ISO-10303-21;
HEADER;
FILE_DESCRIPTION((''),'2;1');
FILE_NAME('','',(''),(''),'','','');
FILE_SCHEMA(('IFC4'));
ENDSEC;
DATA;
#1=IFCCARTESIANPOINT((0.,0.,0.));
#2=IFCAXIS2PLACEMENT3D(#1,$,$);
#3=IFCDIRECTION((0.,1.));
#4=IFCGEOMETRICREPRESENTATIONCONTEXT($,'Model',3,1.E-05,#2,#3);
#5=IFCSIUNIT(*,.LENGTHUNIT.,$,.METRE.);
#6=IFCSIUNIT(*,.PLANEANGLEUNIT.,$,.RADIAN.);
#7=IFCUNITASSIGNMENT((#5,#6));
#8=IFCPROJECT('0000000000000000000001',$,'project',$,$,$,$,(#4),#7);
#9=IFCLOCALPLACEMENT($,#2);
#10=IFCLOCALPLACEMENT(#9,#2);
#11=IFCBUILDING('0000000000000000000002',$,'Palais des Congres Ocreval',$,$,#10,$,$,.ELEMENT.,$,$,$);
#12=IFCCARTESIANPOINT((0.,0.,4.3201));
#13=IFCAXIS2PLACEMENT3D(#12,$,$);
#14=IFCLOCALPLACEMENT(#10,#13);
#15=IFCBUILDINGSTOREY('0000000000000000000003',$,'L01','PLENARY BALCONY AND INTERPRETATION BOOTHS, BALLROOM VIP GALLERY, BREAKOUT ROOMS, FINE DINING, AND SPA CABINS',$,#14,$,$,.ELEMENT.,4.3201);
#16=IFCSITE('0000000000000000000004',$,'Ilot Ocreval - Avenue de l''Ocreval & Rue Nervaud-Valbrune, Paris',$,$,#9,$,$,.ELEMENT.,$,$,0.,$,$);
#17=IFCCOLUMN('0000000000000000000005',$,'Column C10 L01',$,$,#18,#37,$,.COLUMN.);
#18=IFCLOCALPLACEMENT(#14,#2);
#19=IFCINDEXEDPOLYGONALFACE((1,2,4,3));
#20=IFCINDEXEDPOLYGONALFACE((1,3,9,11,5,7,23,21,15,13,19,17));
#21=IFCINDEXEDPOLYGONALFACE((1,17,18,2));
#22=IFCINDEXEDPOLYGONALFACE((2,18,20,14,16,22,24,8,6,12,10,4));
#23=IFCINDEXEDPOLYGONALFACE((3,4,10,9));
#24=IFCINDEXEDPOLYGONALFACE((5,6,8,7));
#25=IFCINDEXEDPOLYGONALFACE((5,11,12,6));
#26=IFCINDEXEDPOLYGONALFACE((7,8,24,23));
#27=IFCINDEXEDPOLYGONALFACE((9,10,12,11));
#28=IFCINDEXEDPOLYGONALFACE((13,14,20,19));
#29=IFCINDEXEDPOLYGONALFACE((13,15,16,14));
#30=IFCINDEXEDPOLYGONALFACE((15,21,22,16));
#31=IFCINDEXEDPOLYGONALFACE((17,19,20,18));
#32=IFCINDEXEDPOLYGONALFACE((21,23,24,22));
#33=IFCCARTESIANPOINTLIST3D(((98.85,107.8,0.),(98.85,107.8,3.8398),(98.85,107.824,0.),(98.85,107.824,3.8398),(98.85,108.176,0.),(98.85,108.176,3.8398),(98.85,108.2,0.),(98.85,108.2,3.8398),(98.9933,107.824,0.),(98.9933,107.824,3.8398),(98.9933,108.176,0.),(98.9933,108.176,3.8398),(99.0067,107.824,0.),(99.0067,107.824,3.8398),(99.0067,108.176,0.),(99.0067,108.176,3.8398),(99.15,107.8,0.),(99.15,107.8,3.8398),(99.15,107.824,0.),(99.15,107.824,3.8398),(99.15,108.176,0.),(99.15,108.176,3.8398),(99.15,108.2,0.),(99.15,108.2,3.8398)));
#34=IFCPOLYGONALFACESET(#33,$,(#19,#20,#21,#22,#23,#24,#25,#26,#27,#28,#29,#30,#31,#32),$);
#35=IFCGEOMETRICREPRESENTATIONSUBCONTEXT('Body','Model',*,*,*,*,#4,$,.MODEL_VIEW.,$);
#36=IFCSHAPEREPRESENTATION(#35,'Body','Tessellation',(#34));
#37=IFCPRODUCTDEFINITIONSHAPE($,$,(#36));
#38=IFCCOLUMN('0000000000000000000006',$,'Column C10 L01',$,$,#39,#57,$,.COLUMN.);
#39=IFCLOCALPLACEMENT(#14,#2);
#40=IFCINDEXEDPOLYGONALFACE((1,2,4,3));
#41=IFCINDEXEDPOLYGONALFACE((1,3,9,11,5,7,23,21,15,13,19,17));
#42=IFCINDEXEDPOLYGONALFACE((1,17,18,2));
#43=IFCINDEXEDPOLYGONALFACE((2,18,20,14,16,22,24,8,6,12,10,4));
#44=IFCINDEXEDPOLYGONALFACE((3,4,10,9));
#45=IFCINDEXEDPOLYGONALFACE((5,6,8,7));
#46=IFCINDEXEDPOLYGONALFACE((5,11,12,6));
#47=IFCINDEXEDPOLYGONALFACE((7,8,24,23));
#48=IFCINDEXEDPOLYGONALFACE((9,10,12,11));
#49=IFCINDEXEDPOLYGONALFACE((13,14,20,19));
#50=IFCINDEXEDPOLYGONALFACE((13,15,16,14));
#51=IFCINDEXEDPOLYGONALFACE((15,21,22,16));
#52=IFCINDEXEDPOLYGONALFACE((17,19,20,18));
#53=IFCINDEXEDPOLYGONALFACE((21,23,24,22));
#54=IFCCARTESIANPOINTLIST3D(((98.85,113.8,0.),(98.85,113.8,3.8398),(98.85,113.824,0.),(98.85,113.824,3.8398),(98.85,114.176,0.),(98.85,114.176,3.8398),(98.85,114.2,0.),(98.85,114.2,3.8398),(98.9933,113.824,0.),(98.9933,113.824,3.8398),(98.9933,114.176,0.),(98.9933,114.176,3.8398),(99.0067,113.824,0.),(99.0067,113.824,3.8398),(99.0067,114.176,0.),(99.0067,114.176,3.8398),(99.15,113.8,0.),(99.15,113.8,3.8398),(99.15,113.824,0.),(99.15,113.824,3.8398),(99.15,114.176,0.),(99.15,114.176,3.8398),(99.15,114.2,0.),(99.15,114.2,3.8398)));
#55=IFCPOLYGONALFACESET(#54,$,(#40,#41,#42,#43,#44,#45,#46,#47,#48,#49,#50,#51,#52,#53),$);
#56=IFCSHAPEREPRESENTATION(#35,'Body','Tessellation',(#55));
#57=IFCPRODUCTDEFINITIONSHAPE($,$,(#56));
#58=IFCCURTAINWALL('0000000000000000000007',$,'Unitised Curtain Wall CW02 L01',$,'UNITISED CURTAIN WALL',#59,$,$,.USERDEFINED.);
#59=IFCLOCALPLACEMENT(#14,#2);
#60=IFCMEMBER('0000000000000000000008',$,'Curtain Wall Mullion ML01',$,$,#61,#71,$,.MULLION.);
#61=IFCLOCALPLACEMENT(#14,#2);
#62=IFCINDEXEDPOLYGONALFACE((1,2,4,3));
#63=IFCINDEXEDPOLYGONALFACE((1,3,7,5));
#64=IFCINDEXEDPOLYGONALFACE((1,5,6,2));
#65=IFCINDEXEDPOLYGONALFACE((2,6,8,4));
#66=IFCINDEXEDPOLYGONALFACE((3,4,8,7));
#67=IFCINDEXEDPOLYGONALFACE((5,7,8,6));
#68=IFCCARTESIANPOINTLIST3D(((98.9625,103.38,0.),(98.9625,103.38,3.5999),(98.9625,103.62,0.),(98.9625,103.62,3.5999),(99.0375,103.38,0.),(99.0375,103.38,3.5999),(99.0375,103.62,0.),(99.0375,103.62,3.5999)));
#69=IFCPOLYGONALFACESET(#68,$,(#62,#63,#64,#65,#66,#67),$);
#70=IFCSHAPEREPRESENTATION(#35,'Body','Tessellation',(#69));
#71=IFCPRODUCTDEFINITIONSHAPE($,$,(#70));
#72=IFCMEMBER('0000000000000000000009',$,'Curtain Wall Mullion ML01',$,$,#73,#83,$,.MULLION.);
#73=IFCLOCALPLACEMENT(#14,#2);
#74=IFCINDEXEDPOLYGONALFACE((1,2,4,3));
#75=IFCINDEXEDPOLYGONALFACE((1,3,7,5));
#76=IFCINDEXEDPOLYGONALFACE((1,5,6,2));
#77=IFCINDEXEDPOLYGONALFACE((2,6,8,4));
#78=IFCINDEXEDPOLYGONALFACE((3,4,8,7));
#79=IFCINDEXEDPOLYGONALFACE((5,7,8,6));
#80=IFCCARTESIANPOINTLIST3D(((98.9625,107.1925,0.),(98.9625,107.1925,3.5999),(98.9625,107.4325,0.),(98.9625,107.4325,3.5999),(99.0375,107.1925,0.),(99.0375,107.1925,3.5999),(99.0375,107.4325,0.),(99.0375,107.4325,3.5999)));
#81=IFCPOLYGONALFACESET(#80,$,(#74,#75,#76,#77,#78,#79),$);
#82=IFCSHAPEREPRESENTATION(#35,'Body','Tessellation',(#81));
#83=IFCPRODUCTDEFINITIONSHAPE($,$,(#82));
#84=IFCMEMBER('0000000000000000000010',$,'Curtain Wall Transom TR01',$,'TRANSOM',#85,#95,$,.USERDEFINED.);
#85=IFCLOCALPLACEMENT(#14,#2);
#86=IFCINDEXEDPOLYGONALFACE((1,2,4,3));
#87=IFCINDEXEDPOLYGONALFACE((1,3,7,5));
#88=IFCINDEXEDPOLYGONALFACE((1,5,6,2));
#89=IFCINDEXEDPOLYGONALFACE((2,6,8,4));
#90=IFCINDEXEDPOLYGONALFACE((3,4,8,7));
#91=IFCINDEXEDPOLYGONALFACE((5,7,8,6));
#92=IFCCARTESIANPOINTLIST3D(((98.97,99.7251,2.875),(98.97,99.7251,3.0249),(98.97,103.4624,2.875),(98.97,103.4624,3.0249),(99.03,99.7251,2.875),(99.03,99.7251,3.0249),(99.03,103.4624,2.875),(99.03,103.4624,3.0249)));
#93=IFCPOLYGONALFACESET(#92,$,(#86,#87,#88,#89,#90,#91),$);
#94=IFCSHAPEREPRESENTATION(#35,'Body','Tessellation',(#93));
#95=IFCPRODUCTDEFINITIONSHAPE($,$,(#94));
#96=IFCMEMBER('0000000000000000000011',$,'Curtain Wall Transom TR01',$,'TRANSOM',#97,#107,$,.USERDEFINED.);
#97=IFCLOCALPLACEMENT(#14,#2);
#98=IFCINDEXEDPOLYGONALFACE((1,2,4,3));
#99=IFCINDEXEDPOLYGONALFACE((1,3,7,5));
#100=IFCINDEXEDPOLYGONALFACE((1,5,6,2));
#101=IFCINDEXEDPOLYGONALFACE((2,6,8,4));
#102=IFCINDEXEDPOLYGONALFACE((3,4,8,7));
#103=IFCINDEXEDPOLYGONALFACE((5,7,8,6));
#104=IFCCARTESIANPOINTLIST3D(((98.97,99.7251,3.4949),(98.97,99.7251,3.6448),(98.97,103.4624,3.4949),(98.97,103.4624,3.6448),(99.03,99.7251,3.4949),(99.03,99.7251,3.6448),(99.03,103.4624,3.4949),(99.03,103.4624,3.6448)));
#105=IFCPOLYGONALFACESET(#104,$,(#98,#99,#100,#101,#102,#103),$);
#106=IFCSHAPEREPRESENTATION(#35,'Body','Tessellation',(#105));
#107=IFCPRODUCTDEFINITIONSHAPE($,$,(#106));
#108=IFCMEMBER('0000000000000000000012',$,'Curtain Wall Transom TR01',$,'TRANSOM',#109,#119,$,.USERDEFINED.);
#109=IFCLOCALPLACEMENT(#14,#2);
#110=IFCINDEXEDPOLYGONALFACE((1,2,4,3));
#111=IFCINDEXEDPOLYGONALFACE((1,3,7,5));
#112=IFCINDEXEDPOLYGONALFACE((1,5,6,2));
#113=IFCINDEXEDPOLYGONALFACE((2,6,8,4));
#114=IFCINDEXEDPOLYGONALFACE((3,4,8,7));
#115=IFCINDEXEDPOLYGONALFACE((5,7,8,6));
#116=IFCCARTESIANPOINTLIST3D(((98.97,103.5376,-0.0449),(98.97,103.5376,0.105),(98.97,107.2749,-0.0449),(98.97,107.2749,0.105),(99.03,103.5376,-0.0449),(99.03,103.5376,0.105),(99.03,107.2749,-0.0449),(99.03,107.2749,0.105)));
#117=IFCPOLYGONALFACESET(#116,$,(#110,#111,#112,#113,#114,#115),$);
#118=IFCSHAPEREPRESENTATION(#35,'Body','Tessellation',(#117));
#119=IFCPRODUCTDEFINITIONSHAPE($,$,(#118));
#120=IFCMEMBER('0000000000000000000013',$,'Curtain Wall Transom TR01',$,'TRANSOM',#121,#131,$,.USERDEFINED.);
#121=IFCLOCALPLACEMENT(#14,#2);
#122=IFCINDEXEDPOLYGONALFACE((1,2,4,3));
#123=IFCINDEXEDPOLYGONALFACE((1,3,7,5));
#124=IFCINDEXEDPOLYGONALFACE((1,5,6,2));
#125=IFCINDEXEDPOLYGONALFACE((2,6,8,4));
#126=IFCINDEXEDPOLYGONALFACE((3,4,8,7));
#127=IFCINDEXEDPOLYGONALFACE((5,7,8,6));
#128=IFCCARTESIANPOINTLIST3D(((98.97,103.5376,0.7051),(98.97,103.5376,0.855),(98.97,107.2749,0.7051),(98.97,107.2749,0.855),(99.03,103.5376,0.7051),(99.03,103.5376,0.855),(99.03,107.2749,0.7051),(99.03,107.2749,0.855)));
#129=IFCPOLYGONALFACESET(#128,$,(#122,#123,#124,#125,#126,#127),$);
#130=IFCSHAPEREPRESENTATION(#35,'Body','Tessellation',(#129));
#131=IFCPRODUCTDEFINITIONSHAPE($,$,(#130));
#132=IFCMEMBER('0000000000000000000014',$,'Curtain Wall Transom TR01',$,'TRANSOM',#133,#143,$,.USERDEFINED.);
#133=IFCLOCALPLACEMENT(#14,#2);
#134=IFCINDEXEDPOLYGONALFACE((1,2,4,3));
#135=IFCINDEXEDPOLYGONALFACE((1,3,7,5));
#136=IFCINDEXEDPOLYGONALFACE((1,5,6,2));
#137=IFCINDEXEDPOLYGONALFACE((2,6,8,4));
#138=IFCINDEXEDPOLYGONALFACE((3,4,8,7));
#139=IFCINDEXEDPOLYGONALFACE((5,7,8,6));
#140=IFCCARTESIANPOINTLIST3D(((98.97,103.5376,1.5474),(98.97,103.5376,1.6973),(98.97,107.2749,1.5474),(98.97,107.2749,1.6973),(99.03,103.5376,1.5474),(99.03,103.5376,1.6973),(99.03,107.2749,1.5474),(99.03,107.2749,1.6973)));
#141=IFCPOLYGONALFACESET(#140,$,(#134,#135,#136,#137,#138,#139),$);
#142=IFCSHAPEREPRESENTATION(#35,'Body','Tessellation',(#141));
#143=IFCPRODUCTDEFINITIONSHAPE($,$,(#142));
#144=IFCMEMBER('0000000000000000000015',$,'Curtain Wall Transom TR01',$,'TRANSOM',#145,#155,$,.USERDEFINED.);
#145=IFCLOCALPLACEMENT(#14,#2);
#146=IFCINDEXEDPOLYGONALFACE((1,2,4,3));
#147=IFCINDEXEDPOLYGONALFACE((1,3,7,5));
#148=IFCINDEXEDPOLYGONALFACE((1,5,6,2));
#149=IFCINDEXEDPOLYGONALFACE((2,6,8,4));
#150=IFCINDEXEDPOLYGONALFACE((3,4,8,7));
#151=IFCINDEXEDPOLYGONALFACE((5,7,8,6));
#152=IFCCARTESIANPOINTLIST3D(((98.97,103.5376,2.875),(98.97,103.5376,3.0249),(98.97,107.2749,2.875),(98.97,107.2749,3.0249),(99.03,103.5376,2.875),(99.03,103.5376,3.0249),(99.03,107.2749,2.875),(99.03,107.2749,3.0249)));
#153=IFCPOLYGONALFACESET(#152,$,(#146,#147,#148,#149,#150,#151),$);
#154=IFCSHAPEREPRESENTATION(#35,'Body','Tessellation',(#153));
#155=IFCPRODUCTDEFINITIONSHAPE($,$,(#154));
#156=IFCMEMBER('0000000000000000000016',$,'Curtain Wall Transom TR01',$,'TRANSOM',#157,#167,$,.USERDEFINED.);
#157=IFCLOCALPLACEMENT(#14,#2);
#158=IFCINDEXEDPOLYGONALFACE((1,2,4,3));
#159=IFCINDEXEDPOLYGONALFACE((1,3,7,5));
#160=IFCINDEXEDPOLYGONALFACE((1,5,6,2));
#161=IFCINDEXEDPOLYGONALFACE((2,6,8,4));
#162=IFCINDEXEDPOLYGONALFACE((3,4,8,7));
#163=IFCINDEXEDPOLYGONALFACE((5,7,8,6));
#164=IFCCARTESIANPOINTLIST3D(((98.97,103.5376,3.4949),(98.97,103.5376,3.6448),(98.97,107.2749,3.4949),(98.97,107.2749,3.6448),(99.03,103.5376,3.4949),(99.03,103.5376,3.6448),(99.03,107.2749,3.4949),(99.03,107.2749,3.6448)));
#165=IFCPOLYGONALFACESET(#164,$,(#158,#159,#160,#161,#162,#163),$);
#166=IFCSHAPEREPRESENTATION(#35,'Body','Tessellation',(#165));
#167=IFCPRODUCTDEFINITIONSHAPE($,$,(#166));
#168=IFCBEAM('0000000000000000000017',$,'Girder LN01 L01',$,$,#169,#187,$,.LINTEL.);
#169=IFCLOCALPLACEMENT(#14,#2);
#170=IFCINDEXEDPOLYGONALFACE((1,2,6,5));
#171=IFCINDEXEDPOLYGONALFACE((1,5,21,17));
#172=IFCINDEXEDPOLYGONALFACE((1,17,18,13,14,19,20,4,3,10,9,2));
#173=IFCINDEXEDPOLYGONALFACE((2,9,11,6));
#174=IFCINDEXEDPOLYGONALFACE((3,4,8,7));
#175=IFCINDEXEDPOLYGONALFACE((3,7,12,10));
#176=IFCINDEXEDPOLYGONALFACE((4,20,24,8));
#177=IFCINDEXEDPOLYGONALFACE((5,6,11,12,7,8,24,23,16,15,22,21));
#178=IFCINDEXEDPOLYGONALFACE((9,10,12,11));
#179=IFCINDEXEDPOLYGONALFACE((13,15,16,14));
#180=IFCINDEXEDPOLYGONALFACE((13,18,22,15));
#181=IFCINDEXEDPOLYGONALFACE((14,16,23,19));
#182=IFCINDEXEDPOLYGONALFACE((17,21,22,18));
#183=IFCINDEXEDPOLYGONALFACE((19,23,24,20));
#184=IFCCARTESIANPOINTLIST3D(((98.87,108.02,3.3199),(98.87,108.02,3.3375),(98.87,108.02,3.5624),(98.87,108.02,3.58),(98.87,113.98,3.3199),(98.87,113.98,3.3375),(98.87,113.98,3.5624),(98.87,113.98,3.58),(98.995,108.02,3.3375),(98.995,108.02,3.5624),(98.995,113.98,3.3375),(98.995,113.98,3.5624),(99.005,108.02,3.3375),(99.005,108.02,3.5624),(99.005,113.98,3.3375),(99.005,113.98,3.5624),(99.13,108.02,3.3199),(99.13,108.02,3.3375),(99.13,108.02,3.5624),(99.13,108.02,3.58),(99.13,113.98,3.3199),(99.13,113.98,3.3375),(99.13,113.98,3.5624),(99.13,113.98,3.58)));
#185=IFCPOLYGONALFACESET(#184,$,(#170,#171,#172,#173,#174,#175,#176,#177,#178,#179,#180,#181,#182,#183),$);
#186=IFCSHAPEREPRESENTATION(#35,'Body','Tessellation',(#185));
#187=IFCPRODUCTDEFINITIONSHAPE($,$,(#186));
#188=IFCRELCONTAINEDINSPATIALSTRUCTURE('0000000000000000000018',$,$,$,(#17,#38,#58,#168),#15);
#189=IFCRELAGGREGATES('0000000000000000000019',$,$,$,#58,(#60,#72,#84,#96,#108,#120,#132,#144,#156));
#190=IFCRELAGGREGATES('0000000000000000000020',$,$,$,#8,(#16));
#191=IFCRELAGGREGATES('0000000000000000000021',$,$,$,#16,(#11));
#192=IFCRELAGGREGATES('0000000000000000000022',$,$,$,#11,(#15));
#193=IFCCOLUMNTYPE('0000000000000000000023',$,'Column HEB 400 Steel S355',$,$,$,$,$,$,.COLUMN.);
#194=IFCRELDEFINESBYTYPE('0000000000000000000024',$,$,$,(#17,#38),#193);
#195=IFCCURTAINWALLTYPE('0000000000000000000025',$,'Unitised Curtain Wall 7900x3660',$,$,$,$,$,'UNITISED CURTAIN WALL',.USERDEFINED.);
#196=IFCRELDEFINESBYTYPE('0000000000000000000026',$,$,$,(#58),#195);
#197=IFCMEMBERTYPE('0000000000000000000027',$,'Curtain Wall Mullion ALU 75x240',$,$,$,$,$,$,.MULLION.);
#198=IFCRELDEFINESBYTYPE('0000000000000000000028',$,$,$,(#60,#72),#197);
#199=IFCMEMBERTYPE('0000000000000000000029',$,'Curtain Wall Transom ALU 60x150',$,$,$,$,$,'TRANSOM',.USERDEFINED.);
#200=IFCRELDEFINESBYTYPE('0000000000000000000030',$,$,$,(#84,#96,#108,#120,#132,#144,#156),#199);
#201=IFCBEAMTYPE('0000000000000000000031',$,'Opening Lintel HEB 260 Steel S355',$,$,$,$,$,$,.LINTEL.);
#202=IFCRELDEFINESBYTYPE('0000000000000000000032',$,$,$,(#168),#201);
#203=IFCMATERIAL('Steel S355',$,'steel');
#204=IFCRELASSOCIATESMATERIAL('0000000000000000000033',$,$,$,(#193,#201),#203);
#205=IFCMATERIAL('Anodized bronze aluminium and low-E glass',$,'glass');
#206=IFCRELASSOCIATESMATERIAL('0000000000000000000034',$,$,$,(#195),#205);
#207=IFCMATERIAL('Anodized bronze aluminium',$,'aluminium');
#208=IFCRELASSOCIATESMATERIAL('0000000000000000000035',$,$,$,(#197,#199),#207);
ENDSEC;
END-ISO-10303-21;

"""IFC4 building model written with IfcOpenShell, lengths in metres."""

from ifc_helpers import new_model, si_unit, direction, frame, origin, origin_2d, place, context, subcontext, project, spatial, rectangle, i_section, extrude, material, material_profile, profile_set, type_object, element, aggregate, save


model = new_model("IFC4")

# Units and contexts
model_context = context("Model", 3, precision=1e-05, world=origin(), true_north=direction((0.0, 1.0)))
body_context = subcontext(model_context, "Body", "Model", "MODEL_VIEW")
ifc_project = project(units=[si_unit("LENGTHUNIT", "METRE"), si_unit("PLANEANGLEUNIT", "RADIAN")], contexts=[model_context])

# Site, building, storey
site_placement = place(None, origin())
site = spatial("IfcSite", under=ifc_project, at=site_placement, Name="Ilot Ocreval - Avenue de l'Ocreval & Rue Nervaud-Valbrune, Paris", CompositionType="ELEMENT", RefElevation=0.0)
building_placement = place(site_placement, origin())
building = spatial("IfcBuilding", under=site, at=building_placement, Name="Palais des Congres Ocreval", CompositionType="ELEMENT")
storey_placement = place(building_placement, frame((0.0, 0.0, 4.3201)))
storey = spatial("IfcBuildingStorey", under=building, at=storey_placement, Name="L01", Description="PLENARY BALCONY AND INTERPRETATION BOOTHS, BALLROOM VIP GALLERY, BREAKOUT ROOMS, FINE DINING, AND SPA CABINS", CompositionType="ELEMENT", Elevation=4.3201)

# Columns
ifc_material_1 = material(Name="Steel S355", Category="steel")
ifc_material_profile_1 = material_profile(ifc_material_1, i_section(OverallWidth=0.3, OverallDepth=0.3999, WebThickness=0.0134, FlangeThickness=0.0239, at=origin_2d()), Name="HEB 400")
ifc_profile_set_1 = profile_set([ifc_material_profile_1], Name="Steel S355")
column_type = type_object("IfcColumnType", Name="Column HEB 400 Steel S355", PredefinedType="COLUMN", material=ifc_profile_set_1)
for number, where, z_axis, x_axis, name in (
    (1, (99.0, 108.0, 0.0), (0.0, 0.0, 1.0), (1.0, 0.0, 0.0), "Column C10 L01"),
    (2, (99.0, 114.0, 0.0), (0.0, 0.0, 1.0), (1.0, 0.0, 0.0), "Column C10 L01"),
):
    element("IfcColumn", number, at=place(storey_placement, frame(where, z_axis=z_axis, x_axis=x_axis)), inside=storey, type_object=column_type, Name=name, PredefinedType="COLUMN", context=body_context, shape_type="SweptSolid", body=[
        extrude(i_section(OverallWidth=0.3, OverallDepth=0.3999, WebThickness=0.0134, FlangeThickness=0.0239, at=origin_2d()), origin(), (0.0, 0.0, 1.0), 3.8398),
    ])

# Curtain wall, members
ifc_material_2 = material(Name="Anodized bronze aluminium and low-E glass", Category="glass")
curtain_wall_type = type_object("IfcCurtainWallType", Name="Unitised Curtain Wall 7900x3660", ElementType="UNITISED CURTAIN WALL", PredefinedType="USERDEFINED", material=ifc_material_2)
curtain_wall_placement = place(storey_placement, origin())
curtain_wall = element("IfcCurtainWall", 3, at=curtain_wall_placement, inside=storey, type_object=curtain_wall_type, Name="Unitised Curtain Wall CW02 L01", ObjectType="UNITISED CURTAIN WALL", PredefinedType="USERDEFINED")
ifc_material_3 = material(Name="Anodized bronze aluminium", Category="aluminium")
ifc_material_profile_2 = material_profile(ifc_material_3, rectangle(XDim=0.075, YDim=0.24, at=origin_2d()), Name="ALU 75x240")
ifc_profile_set_2 = profile_set([ifc_material_profile_2], Name="Anodized bronze aluminium")
member_type_1 = type_object("IfcMemberType", Name="Curtain Wall Mullion ALU 75x240", PredefinedType="MULLION", material=ifc_profile_set_2)
member_1_placement = place(storey_placement, frame((99.0, 103.5, 0.0), z_axis=(0.0, 0.0, 1.0), x_axis=(-1.0, 0.0, 0.0)))
member_1 = element("IfcMember", 4, at=member_1_placement, type_object=member_type_1, Name="Curtain Wall Mullion ML01", PredefinedType="MULLION", context=body_context, shape_type="SweptSolid", body=[
    extrude(rectangle(XDim=0.075, YDim=0.24, at=origin_2d()), origin(), (0.0, 0.0, 1.0), 3.5999),
])
member_2_placement = place(storey_placement, frame((99.0, 107.3125, 0.0), z_axis=(0.0, 0.0, 1.0), x_axis=(-1.0, 0.0, 0.0)))
member_2 = element("IfcMember", 5, at=member_2_placement, type_object=member_type_1, Name="Curtain Wall Mullion ML01", PredefinedType="MULLION", context=body_context, shape_type="SweptSolid", body=[
    extrude(rectangle(XDim=0.075, YDim=0.24, at=origin_2d()), origin(), (0.0, 0.0, 1.0), 3.5999),
])
ifc_material_profile_3 = material_profile(ifc_material_3, rectangle(XDim=0.0601, YDim=0.1499, at=origin_2d()), Name="ALU 60x150")
ifc_profile_set_3 = profile_set([ifc_material_profile_3], Name="Anodized bronze aluminium")
member_type_2 = type_object("IfcMemberType", Name="Curtain Wall Transom ALU 60x150", ElementType="TRANSOM", PredefinedType="USERDEFINED", material=ifc_profile_set_3)
member_3_placement = place(storey_placement, frame((99.0, 99.7251, 2.95), z_axis=(0.0, 1.0, 0.0), x_axis=(-1.0, 0.0, 0.0)))
member_3 = element("IfcMember", 6, at=member_3_placement, type_object=member_type_2, Name="Curtain Wall Transom TR01", ObjectType="TRANSOM", PredefinedType="USERDEFINED", context=body_context, shape_type="SweptSolid", body=[
    extrude(rectangle(XDim=0.0601, YDim=0.1499, at=origin_2d()), origin(), (0.0, 0.0, 1.0), 3.7373),
])
member_4_placement = place(storey_placement, frame((99.0, 99.7251, 3.5698), z_axis=(0.0, 1.0, 0.0), x_axis=(-1.0, 0.0, 0.0)))
member_4 = element("IfcMember", 7, at=member_4_placement, type_object=member_type_2, Name="Curtain Wall Transom TR01", ObjectType="TRANSOM", PredefinedType="USERDEFINED", context=body_context, shape_type="SweptSolid", body=[
    extrude(rectangle(XDim=0.0601, YDim=0.1499, at=origin_2d()), origin(), (0.0, 0.0, 1.0), 3.7373),
])
member_5_placement = place(storey_placement, frame((99.0, 103.5376, 0.03), z_axis=(0.0, 1.0, 0.0), x_axis=(-1.0, 0.0, 0.0)))
member_5 = element("IfcMember", 8, at=member_5_placement, type_object=member_type_2, Name="Curtain Wall Transom TR01", ObjectType="TRANSOM", PredefinedType="USERDEFINED", context=body_context, shape_type="SweptSolid", body=[
    extrude(rectangle(XDim=0.0601, YDim=0.1499, at=origin_2d()), origin(), (0.0, 0.0, 1.0), 3.7373),
])
member_6_placement = place(storey_placement, frame((99.0, 103.5376, 0.78), z_axis=(0.0, 1.0, 0.0), x_axis=(-1.0, 0.0, 0.0)))
member_6 = element("IfcMember", 9, at=member_6_placement, type_object=member_type_2, Name="Curtain Wall Transom TR01", ObjectType="TRANSOM", PredefinedType="USERDEFINED", context=body_context, shape_type="SweptSolid", body=[
    extrude(rectangle(XDim=0.0601, YDim=0.1499, at=origin_2d()), origin(), (0.0, 0.0, 1.0), 3.7373),
])
member_7_placement = place(storey_placement, frame((99.0, 103.5376, 1.6223), z_axis=(0.0, 1.0, 0.0), x_axis=(-1.0, 0.0, 0.0)))
member_7 = element("IfcMember", 10, at=member_7_placement, type_object=member_type_2, Name="Curtain Wall Transom TR01", ObjectType="TRANSOM", PredefinedType="USERDEFINED", context=body_context, shape_type="SweptSolid", body=[
    extrude(rectangle(XDim=0.0601, YDim=0.1499, at=origin_2d()), origin(), (0.0, 0.0, 1.0), 3.7373),
])
member_8_placement = place(storey_placement, frame((99.0, 103.5376, 2.95), z_axis=(0.0, 1.0, 0.0), x_axis=(-1.0, 0.0, 0.0)))
member_8 = element("IfcMember", 11, at=member_8_placement, type_object=member_type_2, Name="Curtain Wall Transom TR01", ObjectType="TRANSOM", PredefinedType="USERDEFINED", context=body_context, shape_type="SweptSolid", body=[
    extrude(rectangle(XDim=0.0601, YDim=0.1499, at=origin_2d()), origin(), (0.0, 0.0, 1.0), 3.7373),
])
member_9_placement = place(storey_placement, frame((99.0, 103.5376, 3.5698), z_axis=(0.0, 1.0, 0.0), x_axis=(-1.0, 0.0, 0.0)))
member_9 = element("IfcMember", 12, at=member_9_placement, type_object=member_type_2, Name="Curtain Wall Transom TR01", ObjectType="TRANSOM", PredefinedType="USERDEFINED", context=body_context, shape_type="SweptSolid", body=[
    extrude(rectangle(XDim=0.0601, YDim=0.1499, at=origin_2d()), origin(), (0.0, 0.0, 1.0), 3.7373),
])

# Beam
ifc_material_profile_4 = material_profile(ifc_material_1, i_section(OverallWidth=0.26, OverallDepth=0.26, WebThickness=0.01, FlangeThickness=0.0176, at=origin_2d()), Name="HEB 260")
ifc_profile_set_4 = profile_set([ifc_material_profile_4], Name="Steel S355")
beam_type = type_object("IfcBeamType", Name="Opening Lintel HEB 260 Steel S355", PredefinedType="LINTEL", material=ifc_profile_set_4)
beam_placement = place(storey_placement, frame((99.0, 108.02, 3.45), z_axis=(0.0, 1.0, 0.0), x_axis=(-1.0, 0.0, 0.0)))
element("IfcBeam", 13, at=beam_placement, inside=storey, type_object=beam_type, Name="Girder LN01 L01", PredefinedType="LINTEL", context=body_context, shape_type="SweptSolid", body=[
    extrude(i_section(OverallWidth=0.26, OverallDepth=0.26, WebThickness=0.01, FlangeThickness=0.0176, at=origin_2d()), origin(), (0.0, 0.0, 1.0), 5.96),
])

aggregate(curtain_wall, [member_1, member_2, member_3, member_4, member_5, member_6, member_7, member_8, member_9])

save(model, "model.ifc")
